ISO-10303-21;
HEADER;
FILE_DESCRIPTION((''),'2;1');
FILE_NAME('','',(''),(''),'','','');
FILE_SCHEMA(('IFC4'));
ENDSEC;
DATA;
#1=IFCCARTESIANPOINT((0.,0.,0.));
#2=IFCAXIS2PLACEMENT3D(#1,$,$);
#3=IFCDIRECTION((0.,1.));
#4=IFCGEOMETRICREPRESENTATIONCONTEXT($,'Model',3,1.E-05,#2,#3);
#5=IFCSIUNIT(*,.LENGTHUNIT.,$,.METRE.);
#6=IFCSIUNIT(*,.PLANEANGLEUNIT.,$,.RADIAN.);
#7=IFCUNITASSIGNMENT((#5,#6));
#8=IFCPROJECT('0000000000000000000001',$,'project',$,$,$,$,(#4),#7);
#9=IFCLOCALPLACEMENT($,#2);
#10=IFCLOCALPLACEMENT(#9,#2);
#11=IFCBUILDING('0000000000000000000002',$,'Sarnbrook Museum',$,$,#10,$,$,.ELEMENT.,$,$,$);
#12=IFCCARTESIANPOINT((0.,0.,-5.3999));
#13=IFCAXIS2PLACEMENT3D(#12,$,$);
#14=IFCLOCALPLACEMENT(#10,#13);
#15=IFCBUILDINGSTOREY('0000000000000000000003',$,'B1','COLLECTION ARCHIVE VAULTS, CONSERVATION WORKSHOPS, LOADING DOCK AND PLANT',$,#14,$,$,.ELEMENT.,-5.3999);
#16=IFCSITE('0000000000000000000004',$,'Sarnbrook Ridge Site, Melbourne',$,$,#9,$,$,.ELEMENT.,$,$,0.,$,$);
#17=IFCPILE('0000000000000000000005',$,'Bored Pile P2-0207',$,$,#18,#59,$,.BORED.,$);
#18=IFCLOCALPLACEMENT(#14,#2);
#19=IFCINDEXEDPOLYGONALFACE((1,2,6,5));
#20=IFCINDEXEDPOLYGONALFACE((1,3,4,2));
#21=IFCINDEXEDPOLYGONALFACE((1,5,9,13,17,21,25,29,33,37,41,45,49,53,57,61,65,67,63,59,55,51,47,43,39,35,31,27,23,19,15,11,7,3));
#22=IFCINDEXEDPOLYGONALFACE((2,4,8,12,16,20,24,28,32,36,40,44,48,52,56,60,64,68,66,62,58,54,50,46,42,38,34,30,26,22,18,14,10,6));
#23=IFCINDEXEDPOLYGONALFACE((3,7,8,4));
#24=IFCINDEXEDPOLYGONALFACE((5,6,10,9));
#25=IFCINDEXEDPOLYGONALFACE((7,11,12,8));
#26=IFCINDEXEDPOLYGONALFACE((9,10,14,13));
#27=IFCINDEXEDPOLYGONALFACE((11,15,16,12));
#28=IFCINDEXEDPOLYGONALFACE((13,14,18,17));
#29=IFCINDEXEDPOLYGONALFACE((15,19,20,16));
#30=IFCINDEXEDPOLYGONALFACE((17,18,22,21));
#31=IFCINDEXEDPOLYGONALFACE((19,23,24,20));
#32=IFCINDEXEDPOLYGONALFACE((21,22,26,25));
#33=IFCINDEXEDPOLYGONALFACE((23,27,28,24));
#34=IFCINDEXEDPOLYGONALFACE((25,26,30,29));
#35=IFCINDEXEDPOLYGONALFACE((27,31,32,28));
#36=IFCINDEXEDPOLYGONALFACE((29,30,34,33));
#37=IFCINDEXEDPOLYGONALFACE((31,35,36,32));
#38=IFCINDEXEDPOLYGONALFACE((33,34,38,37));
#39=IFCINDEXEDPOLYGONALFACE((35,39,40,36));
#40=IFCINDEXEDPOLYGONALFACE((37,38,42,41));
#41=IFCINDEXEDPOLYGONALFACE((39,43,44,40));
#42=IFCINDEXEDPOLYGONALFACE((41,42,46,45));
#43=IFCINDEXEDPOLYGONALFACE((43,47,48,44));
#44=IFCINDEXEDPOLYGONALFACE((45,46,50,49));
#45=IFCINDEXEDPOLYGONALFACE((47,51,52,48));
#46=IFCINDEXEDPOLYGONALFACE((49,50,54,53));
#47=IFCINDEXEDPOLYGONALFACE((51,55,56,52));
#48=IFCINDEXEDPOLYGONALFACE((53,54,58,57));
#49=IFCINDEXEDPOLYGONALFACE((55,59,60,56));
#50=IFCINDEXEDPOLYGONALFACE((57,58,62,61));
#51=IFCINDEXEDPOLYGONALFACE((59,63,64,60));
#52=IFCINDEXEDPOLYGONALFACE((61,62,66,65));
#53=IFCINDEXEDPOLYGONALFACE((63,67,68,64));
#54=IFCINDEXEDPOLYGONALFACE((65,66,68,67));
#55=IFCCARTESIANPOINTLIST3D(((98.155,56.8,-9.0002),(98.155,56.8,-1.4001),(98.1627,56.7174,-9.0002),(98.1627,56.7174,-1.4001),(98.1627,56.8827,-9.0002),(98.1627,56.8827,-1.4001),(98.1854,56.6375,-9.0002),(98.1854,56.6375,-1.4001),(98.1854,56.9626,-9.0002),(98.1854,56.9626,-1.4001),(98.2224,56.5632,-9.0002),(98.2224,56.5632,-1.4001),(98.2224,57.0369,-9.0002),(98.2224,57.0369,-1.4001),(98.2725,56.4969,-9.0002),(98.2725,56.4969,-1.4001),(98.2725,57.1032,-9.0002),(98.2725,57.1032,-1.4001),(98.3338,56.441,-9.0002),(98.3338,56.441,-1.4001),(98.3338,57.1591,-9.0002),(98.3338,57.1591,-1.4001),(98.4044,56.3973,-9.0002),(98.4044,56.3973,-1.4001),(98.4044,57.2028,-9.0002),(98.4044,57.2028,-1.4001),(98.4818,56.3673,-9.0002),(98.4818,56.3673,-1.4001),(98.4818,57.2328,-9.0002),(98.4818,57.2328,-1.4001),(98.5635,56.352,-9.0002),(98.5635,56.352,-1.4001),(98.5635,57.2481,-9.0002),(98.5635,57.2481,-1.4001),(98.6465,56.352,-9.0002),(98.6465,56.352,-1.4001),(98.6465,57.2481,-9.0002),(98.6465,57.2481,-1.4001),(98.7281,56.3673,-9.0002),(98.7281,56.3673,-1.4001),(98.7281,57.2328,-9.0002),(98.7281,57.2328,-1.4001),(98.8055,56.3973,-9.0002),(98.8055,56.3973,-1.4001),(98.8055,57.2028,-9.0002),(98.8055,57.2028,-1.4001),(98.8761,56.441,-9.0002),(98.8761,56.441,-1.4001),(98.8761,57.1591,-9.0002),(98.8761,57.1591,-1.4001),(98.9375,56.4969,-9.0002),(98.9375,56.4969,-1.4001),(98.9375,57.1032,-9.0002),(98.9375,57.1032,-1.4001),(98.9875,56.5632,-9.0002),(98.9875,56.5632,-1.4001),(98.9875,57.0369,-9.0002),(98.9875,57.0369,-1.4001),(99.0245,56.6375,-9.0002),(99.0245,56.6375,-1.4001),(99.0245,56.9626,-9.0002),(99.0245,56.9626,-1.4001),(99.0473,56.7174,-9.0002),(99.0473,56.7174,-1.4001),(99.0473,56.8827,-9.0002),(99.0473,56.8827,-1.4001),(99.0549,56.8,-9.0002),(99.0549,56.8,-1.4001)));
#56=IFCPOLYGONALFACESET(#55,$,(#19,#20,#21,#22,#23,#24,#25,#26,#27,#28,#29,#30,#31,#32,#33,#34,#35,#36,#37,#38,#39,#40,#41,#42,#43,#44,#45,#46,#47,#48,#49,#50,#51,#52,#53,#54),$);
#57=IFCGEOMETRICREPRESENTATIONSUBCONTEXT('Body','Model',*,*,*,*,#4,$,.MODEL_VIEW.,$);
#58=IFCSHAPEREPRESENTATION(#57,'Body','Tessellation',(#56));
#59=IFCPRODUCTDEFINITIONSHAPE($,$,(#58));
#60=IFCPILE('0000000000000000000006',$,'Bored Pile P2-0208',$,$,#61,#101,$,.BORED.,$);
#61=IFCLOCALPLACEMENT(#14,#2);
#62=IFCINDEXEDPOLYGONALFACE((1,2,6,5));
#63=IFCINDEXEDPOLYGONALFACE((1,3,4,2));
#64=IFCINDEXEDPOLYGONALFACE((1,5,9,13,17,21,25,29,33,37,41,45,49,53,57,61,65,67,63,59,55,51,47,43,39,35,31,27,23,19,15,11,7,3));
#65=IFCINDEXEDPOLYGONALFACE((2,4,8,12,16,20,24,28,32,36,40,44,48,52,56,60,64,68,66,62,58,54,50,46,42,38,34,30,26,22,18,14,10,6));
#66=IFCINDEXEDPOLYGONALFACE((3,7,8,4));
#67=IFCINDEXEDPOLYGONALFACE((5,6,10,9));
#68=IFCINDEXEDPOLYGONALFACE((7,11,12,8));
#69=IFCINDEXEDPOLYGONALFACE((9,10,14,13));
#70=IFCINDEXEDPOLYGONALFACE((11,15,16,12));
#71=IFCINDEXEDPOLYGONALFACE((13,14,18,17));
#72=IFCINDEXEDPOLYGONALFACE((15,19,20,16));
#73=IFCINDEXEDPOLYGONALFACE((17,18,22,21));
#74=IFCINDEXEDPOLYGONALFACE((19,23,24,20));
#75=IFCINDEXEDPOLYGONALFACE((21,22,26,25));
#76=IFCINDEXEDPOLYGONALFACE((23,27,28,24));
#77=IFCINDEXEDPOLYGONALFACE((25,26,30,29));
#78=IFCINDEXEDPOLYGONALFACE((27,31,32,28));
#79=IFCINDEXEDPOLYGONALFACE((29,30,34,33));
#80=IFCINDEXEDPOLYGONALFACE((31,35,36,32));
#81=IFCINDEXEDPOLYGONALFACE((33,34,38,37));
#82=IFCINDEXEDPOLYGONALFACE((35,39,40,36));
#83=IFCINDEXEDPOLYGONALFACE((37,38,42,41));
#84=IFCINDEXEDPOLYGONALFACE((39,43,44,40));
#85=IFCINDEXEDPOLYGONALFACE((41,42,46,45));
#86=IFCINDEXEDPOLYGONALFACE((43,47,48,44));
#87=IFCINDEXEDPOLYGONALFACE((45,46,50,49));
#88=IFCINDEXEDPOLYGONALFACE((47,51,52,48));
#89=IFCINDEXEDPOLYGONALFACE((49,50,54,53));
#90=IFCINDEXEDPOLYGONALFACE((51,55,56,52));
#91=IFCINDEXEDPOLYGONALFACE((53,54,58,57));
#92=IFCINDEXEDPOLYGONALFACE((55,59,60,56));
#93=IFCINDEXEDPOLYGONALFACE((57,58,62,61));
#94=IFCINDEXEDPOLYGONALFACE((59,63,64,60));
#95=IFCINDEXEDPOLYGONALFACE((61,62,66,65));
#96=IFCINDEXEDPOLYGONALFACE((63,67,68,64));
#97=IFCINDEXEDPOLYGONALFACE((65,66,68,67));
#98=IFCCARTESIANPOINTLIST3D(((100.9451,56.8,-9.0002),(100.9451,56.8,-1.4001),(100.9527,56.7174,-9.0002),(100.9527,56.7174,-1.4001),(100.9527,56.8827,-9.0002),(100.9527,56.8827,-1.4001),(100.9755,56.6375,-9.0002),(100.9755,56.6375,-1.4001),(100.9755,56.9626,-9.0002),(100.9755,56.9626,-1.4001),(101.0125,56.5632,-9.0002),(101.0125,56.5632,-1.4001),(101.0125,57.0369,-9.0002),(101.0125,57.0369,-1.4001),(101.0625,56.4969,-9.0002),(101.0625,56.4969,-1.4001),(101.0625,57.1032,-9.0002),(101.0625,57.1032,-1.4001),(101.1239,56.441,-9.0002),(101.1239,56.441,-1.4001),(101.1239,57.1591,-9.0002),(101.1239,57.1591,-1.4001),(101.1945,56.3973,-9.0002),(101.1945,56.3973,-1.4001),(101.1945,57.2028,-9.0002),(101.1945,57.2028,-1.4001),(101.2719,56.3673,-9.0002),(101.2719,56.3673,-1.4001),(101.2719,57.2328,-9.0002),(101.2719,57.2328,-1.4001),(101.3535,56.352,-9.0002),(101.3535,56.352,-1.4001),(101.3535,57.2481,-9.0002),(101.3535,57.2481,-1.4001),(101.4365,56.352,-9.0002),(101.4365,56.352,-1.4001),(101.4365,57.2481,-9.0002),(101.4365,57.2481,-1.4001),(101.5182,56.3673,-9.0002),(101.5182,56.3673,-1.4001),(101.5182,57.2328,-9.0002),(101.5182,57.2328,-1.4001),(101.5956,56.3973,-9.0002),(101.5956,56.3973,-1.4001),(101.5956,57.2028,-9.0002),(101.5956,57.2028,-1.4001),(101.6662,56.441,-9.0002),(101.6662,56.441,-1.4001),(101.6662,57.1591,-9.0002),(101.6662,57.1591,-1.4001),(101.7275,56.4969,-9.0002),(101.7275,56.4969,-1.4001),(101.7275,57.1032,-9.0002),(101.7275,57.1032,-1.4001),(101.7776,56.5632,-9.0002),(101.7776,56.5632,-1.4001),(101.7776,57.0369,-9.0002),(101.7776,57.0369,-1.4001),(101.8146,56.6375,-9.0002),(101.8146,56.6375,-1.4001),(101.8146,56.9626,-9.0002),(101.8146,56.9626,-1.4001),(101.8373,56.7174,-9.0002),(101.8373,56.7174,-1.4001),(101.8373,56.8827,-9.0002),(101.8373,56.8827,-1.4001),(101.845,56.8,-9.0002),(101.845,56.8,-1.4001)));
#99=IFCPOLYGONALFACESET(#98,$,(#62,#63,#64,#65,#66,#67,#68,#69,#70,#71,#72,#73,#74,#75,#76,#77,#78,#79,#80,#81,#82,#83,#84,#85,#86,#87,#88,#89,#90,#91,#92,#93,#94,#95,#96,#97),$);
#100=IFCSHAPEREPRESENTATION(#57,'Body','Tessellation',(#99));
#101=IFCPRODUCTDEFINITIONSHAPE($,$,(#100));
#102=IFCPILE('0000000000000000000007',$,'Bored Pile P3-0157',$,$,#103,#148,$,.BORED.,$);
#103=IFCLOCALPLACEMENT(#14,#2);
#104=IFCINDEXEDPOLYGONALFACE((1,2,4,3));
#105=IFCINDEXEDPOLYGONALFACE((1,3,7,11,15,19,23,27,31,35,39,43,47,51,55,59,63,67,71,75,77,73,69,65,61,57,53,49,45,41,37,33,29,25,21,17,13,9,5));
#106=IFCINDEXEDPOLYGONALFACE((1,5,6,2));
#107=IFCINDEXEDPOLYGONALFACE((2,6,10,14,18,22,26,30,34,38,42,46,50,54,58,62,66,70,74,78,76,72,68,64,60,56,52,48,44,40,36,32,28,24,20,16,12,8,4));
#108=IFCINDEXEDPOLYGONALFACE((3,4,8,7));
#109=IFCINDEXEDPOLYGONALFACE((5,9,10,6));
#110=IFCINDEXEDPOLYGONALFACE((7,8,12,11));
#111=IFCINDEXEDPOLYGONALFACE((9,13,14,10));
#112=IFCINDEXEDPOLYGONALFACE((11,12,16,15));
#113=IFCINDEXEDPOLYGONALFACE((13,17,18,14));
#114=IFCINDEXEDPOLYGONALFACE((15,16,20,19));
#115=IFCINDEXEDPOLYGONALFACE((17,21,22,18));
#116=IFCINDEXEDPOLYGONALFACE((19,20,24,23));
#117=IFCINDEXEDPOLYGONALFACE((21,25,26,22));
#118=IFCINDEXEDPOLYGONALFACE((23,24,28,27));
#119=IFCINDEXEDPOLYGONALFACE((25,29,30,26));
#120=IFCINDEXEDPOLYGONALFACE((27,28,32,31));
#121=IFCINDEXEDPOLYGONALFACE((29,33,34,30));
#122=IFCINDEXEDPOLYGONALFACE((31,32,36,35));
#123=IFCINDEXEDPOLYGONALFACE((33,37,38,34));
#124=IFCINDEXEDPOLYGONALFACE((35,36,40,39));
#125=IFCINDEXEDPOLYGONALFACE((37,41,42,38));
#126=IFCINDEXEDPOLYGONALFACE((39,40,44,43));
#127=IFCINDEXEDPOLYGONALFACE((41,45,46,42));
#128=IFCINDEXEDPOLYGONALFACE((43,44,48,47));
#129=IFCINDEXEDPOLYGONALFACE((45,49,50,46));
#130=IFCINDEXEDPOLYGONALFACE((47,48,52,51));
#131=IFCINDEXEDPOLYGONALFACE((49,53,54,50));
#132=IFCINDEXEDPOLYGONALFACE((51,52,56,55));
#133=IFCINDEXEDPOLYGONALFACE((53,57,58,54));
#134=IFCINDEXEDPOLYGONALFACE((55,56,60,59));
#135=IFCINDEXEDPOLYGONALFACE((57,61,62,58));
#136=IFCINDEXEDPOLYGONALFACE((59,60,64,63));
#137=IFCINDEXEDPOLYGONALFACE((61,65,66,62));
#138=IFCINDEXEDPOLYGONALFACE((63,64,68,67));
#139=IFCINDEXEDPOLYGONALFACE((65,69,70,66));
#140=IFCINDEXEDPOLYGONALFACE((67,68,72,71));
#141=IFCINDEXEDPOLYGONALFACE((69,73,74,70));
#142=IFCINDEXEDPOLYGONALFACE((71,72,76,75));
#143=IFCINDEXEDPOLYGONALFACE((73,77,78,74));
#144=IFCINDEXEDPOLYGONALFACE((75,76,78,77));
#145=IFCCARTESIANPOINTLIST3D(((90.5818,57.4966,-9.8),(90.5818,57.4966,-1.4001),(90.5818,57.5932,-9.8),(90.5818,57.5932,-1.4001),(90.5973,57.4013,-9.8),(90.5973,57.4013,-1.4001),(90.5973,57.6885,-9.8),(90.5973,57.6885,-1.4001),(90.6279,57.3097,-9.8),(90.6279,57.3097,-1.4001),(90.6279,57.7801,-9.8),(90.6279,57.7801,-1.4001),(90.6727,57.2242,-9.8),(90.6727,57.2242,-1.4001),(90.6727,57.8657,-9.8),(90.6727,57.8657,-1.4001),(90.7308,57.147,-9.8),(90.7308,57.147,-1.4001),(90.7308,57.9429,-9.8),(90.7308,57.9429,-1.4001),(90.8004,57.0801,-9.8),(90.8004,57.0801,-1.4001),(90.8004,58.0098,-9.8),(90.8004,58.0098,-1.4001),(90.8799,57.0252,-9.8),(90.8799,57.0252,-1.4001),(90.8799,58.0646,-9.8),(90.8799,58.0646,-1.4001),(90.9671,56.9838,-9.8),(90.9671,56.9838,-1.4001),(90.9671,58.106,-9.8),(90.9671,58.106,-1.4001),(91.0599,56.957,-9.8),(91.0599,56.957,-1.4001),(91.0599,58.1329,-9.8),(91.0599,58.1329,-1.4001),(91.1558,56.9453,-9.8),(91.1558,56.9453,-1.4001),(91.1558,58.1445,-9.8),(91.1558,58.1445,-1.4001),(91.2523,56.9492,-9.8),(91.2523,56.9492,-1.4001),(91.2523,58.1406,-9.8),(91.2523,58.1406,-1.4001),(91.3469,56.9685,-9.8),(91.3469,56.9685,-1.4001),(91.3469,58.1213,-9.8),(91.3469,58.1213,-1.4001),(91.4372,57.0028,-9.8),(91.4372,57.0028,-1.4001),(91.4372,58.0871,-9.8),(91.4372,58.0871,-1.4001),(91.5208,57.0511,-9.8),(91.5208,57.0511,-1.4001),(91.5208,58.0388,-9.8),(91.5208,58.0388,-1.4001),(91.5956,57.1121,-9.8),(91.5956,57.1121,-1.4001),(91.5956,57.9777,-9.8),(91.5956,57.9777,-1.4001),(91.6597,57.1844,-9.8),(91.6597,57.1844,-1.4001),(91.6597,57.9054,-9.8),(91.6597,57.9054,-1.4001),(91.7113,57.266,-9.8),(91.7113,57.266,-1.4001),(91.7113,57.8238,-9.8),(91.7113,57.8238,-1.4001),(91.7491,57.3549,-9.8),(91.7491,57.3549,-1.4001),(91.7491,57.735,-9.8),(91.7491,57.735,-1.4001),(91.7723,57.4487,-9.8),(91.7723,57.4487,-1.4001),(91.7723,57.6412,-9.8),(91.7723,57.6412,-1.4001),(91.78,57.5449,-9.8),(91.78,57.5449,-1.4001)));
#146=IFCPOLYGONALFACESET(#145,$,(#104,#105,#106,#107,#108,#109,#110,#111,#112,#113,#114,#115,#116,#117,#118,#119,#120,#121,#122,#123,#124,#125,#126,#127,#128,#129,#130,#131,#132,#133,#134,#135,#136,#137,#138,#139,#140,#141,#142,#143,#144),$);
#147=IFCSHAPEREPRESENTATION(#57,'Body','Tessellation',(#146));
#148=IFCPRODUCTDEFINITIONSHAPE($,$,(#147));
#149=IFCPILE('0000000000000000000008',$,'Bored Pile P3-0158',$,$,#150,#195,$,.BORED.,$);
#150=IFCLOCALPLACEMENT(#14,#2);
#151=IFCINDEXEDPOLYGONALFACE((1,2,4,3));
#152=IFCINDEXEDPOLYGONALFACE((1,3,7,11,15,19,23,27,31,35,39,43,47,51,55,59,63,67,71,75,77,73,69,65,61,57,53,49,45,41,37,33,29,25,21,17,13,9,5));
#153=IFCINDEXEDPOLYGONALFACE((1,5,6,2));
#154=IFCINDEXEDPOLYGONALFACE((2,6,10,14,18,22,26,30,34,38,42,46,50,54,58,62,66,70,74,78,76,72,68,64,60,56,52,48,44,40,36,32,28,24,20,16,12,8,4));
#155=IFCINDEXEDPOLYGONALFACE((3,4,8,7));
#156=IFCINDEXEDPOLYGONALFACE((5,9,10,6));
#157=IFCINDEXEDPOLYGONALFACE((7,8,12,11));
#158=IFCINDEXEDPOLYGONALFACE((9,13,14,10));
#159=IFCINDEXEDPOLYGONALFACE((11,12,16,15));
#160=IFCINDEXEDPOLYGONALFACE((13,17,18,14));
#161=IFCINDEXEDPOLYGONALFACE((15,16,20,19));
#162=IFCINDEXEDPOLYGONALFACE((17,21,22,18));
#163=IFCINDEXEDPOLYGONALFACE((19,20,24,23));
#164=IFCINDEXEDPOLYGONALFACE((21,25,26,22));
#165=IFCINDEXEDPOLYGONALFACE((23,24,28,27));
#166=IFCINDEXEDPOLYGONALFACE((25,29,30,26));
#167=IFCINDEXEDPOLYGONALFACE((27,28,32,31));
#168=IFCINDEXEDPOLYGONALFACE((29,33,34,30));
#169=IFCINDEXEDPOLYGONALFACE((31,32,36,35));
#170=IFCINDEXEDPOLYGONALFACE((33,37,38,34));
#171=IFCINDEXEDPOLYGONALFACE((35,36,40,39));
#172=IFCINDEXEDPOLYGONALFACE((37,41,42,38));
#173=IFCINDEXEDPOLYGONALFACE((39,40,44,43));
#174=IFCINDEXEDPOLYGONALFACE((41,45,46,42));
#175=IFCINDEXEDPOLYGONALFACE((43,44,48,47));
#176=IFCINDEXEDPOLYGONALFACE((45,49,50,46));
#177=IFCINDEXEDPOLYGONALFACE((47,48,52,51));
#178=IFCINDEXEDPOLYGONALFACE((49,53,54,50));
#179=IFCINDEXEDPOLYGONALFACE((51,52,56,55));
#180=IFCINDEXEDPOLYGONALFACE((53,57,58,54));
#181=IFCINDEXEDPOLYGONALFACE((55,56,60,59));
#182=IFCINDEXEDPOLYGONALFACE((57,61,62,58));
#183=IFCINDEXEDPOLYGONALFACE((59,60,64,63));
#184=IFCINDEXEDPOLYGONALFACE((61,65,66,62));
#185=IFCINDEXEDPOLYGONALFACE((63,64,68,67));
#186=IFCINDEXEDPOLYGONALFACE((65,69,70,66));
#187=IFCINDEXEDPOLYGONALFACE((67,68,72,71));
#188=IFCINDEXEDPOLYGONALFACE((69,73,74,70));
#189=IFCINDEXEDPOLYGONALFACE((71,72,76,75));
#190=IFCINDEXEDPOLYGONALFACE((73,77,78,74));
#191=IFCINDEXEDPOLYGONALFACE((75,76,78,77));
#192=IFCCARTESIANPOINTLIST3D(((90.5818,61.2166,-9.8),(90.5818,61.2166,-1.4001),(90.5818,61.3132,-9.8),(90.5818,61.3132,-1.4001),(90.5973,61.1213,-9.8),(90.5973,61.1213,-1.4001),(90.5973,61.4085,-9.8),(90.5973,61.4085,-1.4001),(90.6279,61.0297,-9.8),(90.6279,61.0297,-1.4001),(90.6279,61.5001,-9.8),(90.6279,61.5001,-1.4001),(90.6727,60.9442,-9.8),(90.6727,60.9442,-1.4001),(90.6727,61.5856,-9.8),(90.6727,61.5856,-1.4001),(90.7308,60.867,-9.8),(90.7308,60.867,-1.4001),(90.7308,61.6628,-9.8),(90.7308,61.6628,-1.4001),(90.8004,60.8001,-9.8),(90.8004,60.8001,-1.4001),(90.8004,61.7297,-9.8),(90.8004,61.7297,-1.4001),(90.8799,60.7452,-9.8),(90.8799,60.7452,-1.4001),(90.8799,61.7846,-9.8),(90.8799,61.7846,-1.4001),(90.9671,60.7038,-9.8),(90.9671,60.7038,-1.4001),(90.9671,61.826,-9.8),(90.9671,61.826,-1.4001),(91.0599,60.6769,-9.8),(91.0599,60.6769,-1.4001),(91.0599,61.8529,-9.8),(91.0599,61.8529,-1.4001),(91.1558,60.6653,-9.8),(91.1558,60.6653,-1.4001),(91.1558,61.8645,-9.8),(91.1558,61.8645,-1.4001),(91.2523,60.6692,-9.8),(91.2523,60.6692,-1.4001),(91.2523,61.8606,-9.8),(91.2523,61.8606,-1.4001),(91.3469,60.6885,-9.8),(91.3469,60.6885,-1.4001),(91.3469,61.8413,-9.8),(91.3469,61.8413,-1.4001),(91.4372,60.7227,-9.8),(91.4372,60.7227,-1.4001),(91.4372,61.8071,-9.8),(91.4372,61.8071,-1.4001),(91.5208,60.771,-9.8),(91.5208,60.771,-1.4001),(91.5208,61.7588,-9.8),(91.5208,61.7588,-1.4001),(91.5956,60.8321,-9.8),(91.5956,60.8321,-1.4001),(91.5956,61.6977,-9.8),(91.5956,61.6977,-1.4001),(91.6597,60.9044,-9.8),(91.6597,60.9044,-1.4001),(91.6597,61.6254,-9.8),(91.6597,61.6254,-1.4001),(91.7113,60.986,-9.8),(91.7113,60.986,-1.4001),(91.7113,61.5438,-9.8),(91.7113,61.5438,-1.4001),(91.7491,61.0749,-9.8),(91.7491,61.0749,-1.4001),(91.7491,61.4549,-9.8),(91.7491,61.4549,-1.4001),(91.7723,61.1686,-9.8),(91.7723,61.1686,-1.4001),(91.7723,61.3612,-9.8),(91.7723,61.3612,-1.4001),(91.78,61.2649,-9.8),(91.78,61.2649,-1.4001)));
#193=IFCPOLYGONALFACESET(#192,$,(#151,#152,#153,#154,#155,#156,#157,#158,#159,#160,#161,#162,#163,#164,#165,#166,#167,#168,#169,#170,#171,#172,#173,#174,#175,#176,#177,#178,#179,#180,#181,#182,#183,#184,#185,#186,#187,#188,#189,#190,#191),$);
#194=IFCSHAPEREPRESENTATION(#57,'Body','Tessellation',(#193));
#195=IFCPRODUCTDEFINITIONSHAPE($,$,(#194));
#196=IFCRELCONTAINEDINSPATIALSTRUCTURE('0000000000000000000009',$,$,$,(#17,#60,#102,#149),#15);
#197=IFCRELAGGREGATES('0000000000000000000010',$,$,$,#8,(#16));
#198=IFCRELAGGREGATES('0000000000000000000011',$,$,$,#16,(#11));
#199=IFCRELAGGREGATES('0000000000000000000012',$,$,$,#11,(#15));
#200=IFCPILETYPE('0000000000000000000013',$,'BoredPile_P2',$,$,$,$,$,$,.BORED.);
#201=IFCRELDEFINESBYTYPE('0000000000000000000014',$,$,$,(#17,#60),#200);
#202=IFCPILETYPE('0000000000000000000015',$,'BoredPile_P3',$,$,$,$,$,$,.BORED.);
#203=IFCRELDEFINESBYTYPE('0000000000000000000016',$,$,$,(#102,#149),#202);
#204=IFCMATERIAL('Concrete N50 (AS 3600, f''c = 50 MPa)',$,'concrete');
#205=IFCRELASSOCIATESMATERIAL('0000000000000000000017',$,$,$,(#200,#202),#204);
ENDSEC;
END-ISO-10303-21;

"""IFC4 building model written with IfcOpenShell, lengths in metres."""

from ifc_helpers import new_model, si_unit, direction, frame, origin, origin_2d, place, context, subcontext, project, spatial, circle, extrude, material, material_profile, profile_set, type_object, element, save


model = new_model("IFC4")

# Units and contexts
model_context = context("Model", 3, precision=1e-05, world=origin(), true_north=direction((0.0, 1.0)))
body_context = subcontext(model_context, "Body", "Model", "MODEL_VIEW")
ifc_project = project(units=[si_unit("LENGTHUNIT", "METRE"), si_unit("PLANEANGLEUNIT", "RADIAN")], contexts=[model_context])

# Site, building, storey
site_placement = place(None, origin())
site = spatial("IfcSite", under=ifc_project, at=site_placement, Name="Sarnbrook Ridge Site, Melbourne", CompositionType="ELEMENT", RefElevation=0.0)
building_placement = place(site_placement, origin())
building = spatial("IfcBuilding", under=site, at=building_placement, Name="Sarnbrook Museum", CompositionType="ELEMENT")
storey_placement = place(building_placement, frame((0.0, 0.0, -5.3999)))
storey = spatial("IfcBuildingStorey", under=building, at=storey_placement, Name="B1", Description="COLLECTION ARCHIVE VAULTS, CONSERVATION WORKSHOPS, LOADING DOCK AND PLANT", CompositionType="ELEMENT", Elevation=-5.3999)

# Piles
ifc_material_1 = material(Name="Concrete N50 (AS 3600, f'c = 50 MPa)", Category="concrete")
ifc_material_profile_1 = material_profile(ifc_material_1, circle(Radius=0.45, at=origin_2d()), Name="BORED PILE D900")
ifc_profile_set_1 = profile_set([ifc_material_profile_1], Name="Concrete N50 (AS 3600, f'c = 50 MPa)")
pile_type_1 = type_object("IfcPileType", Name="BoredPile_P2", PredefinedType="BORED", material=ifc_profile_set_1)
for number, where, z_axis, x_axis, name in (
    (1, (98.605, 56.8, -1.4001), (0.0, 0.0, -1.0), (1.0, 0.0, 0.0), "Bored Pile P2-0207"),
    (2, (101.395, 56.8, -1.4001), (0.0, 0.0, -1.0), (1.0, 0.0, 0.0), "Bored Pile P2-0208"),
):
    element("IfcPile", number, at=place(storey_placement, frame(where, z_axis=z_axis, x_axis=x_axis)), inside=storey, type_object=pile_type_1, Name=name, PredefinedType="BORED", context=body_context, shape_type="SweptSolid", body=[
        extrude(circle(Radius=0.45, at=origin_2d()), origin(), (0.0, 0.0, 1.0), 7.6001),
    ])
ifc_material_profile_2 = material_profile(ifc_material_1, circle(Radius=0.6001, at=origin_2d()), Name="BORED PILE D1200")
ifc_profile_set_2 = profile_set([ifc_material_profile_2], Name="Concrete N50 (AS 3600, f'c = 50 MPa)")
pile_type_2 = type_object("IfcPileType", Name="BoredPile_P3", PredefinedType="BORED", material=ifc_profile_set_2)
for number, where, z_axis, x_axis, name in (
    (3, (91.1799, 57.5449, -1.4001), (0.0, 0.0, -1.0), (1.0, 0.0, 0.0), "Bored Pile P3-0157"),
    (4, (91.1799, 61.2649, -1.4001), (0.0, 0.0, -1.0), (1.0, 0.0, 0.0), "Bored Pile P3-0158"),
):
    element("IfcPile", number, at=place(storey_placement, frame(where, z_axis=z_axis, x_axis=x_axis)), inside=storey, type_object=pile_type_2, Name=name, PredefinedType="BORED", context=body_context, shape_type="SweptSolid", body=[
        extrude(circle(Radius=0.6001, at=origin_2d()), origin(), (0.0, 0.0, 1.0), 8.3999),
    ])

save(model, "model.ifc")
